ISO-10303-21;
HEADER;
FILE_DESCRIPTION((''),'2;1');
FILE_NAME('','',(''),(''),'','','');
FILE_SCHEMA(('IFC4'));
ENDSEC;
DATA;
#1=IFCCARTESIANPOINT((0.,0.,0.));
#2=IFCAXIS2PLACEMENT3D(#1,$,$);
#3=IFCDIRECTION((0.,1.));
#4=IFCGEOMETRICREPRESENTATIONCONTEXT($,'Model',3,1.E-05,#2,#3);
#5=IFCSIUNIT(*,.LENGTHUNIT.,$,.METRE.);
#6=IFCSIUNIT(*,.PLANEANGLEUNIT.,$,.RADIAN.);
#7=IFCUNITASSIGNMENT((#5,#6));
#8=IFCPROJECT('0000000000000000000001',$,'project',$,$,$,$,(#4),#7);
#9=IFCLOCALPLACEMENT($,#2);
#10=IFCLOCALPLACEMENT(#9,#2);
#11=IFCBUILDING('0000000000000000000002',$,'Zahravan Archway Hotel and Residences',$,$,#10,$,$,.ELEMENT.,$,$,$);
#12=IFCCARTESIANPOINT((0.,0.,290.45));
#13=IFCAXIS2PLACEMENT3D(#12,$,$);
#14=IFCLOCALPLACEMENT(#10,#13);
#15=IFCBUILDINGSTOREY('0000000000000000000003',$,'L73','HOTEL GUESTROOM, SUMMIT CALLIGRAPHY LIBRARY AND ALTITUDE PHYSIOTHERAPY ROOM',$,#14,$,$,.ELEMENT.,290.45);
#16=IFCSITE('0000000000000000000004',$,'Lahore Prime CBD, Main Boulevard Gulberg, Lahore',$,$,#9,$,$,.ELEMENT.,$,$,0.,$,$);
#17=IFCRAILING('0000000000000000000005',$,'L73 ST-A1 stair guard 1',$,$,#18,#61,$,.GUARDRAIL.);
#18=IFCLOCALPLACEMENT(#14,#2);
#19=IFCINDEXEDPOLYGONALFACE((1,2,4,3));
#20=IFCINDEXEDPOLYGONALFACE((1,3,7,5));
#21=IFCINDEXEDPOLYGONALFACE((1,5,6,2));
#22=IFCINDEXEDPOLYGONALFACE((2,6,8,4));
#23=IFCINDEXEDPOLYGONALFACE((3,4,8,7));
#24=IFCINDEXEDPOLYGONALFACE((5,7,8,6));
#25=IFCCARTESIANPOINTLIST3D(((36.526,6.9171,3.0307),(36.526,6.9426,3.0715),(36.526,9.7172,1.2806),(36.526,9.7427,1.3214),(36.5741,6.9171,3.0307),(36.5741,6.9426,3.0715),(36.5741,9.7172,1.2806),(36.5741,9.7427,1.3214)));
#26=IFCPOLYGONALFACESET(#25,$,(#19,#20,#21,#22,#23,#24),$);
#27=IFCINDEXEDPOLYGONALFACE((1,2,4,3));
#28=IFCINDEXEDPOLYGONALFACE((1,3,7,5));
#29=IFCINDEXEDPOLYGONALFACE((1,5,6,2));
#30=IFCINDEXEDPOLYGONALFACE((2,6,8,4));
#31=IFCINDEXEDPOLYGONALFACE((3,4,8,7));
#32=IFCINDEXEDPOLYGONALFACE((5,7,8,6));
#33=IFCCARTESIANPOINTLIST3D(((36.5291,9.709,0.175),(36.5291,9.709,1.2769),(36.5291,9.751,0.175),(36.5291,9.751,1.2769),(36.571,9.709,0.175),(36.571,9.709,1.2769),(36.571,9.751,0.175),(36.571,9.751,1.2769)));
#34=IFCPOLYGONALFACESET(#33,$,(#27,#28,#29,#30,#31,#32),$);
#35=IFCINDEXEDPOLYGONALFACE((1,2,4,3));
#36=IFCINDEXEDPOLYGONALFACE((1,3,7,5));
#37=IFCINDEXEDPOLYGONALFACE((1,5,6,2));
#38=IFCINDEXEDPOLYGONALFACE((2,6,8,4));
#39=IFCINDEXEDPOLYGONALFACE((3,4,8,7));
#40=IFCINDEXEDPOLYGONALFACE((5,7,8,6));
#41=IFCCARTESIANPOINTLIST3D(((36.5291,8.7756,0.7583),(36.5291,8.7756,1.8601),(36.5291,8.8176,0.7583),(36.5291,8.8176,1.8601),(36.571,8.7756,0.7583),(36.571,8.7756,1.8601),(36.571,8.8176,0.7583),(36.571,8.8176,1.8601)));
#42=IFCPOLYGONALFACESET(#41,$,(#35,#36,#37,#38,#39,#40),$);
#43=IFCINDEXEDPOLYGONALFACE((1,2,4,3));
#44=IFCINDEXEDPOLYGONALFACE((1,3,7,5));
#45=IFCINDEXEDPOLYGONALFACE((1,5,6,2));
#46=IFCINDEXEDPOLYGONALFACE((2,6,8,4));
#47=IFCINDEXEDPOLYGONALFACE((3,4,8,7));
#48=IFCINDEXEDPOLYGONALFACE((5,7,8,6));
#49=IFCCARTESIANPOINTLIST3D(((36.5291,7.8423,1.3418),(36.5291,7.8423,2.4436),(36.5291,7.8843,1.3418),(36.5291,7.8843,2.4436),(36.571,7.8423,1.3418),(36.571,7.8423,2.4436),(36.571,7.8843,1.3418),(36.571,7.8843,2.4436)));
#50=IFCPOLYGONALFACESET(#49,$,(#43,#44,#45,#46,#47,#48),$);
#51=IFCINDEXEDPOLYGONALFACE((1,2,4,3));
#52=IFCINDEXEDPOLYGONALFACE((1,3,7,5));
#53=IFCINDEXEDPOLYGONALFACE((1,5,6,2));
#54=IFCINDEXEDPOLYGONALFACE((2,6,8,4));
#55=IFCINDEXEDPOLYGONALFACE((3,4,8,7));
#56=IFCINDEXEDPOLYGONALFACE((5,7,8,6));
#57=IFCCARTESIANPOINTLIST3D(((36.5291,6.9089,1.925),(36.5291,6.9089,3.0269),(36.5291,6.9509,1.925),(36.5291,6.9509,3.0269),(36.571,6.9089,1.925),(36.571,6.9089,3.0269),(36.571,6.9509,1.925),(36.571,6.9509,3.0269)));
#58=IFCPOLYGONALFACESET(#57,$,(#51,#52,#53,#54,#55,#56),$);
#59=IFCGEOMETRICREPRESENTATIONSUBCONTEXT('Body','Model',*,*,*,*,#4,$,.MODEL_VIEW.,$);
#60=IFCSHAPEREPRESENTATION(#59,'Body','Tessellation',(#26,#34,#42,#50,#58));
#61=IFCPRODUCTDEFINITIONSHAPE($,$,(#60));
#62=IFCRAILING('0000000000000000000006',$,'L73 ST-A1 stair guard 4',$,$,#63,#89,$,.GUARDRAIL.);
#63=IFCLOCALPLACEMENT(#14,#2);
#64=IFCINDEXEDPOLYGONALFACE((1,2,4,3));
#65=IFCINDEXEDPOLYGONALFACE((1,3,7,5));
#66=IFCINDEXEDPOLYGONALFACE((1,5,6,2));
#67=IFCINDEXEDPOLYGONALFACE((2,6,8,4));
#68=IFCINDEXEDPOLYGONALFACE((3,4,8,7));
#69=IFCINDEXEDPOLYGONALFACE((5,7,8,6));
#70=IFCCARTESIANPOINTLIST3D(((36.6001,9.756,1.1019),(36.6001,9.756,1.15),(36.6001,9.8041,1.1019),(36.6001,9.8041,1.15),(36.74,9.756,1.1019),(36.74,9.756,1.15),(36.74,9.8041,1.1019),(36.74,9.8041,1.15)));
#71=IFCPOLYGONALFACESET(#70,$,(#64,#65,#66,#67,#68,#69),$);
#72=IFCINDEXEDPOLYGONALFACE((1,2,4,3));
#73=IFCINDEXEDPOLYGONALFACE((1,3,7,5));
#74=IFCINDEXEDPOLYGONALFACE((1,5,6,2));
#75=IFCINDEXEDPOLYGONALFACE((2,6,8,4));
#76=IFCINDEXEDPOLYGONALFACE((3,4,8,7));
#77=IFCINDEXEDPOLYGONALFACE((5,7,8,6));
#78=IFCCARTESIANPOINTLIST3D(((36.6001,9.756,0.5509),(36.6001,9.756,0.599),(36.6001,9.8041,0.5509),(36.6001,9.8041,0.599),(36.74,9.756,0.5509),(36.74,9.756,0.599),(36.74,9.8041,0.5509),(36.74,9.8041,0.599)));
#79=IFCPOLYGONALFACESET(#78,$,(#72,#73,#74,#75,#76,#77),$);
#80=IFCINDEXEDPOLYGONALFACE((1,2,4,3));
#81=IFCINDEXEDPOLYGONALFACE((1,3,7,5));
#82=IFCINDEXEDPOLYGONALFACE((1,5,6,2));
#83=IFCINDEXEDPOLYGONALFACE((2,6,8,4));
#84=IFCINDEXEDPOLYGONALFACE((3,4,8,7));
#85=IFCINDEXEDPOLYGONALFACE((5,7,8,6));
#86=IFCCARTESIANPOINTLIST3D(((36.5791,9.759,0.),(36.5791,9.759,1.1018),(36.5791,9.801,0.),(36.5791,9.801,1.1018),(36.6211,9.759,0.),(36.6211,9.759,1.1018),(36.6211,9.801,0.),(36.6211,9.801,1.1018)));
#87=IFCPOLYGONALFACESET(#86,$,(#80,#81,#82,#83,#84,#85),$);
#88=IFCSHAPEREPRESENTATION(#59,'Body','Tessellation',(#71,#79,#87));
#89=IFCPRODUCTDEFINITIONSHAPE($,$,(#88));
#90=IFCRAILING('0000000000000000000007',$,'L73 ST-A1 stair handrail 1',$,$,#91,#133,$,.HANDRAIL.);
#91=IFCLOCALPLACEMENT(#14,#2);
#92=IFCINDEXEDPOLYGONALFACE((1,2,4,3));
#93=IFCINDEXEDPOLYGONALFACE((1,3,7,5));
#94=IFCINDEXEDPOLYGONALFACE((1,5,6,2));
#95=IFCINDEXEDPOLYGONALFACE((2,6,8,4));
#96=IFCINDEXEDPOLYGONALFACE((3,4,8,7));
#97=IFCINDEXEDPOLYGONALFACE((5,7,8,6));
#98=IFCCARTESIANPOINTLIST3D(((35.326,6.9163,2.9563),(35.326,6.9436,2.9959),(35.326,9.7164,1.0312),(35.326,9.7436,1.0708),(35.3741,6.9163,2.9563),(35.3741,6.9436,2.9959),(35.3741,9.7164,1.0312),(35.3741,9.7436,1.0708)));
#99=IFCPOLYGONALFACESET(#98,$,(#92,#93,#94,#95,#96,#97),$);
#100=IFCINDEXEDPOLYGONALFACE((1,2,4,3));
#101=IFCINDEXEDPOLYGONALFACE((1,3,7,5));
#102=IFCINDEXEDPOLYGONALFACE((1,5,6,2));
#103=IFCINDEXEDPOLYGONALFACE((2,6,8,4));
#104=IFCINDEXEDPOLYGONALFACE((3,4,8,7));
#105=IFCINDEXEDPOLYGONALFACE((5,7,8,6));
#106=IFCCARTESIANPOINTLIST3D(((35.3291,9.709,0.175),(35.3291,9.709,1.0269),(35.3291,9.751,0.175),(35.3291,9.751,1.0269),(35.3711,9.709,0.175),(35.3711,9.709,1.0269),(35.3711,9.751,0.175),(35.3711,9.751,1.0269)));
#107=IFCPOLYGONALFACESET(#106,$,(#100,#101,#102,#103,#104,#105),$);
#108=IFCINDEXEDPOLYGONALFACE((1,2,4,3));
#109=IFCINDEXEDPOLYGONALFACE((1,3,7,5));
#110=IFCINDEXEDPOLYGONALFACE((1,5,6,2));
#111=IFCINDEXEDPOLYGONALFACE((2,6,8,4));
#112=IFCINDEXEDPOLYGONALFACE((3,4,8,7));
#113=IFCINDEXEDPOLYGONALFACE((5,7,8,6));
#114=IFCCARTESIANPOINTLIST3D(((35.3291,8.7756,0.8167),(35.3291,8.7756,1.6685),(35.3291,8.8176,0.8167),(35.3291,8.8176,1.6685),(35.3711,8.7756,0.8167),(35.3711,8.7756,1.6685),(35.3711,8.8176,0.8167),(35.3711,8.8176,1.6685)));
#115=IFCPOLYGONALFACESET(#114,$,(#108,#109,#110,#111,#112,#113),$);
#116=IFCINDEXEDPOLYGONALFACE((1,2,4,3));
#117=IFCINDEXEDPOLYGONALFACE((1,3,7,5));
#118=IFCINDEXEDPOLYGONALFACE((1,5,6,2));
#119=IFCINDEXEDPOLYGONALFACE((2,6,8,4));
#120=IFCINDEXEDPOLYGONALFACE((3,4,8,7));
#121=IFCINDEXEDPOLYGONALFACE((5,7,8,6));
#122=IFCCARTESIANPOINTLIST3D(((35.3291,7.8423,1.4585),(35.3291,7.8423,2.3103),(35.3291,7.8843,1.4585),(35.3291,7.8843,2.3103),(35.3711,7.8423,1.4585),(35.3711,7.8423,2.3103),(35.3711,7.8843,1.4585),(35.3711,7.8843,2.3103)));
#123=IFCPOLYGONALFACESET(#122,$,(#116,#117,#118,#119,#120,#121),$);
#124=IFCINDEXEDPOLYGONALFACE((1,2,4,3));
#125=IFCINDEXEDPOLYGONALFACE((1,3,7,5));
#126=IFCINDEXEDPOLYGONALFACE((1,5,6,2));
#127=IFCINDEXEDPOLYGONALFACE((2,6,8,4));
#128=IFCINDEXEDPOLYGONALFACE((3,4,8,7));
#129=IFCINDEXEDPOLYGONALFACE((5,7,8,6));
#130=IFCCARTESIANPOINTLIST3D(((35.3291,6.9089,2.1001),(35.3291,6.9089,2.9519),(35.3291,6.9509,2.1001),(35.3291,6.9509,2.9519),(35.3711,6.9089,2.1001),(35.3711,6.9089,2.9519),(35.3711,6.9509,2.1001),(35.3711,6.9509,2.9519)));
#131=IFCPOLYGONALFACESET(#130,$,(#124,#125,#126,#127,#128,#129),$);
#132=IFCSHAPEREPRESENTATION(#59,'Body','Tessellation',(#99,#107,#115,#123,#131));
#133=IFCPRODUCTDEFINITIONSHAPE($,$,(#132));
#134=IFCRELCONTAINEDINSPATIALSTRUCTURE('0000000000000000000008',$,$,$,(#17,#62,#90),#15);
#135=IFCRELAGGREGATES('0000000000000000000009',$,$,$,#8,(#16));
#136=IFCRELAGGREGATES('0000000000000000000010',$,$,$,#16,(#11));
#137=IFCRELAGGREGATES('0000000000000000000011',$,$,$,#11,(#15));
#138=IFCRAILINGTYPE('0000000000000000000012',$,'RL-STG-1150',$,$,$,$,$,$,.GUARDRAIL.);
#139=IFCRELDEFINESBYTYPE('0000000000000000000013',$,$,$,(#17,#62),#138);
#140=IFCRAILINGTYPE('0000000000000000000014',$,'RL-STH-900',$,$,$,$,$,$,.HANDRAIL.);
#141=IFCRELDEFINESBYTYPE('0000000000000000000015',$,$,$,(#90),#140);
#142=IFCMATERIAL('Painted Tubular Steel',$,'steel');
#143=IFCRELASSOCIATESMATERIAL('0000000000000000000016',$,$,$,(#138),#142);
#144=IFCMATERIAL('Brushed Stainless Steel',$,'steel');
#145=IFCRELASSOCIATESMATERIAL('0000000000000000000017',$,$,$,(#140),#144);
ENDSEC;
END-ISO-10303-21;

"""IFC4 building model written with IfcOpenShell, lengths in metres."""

from ifc_helpers import new_model, si_unit, direction, frame, origin, origin_2d, place, context, subcontext, project, spatial, rectangle, extrude, material, type_object, element, save


model = new_model("IFC4")

# Units and contexts
model_context = context("Model", 3, precision=1e-05, world=origin(), true_north=direction((0.0, 1.0)))
body_context = subcontext(model_context, "Body", "Model", "MODEL_VIEW")
ifc_project = project(units=[si_unit("LENGTHUNIT", "METRE"), si_unit("PLANEANGLEUNIT", "RADIAN")], contexts=[model_context])

# Site, building, storey
site_placement = place(None, origin())
site = spatial("IfcSite", under=ifc_project, at=site_placement, Name="Lahore Prime CBD, Main Boulevard Gulberg, Lahore", CompositionType="ELEMENT", RefElevation=0.0)
building_placement = place(site_placement, origin())
building = spatial("IfcBuilding", under=site, at=building_placement, Name="Zahravan Archway Hotel and Residences", CompositionType="ELEMENT")
storey_placement = place(building_placement, frame((0.0, 0.0, 290.45)))
storey = spatial("IfcBuildingStorey", under=building, at=storey_placement, Name="L73", Description="HOTEL GUESTROOM, SUMMIT CALLIGRAPHY LIBRARY AND ALTITUDE PHYSIOTHERAPY ROOM", CompositionType="ELEMENT", Elevation=290.45)

# Shared definitions
ifc_material_1 = material(Name="Brushed Stainless Steel", Category="steel")

# Railings
ifc_material_2 = material(Name="Painted Tubular Steel", Category="steel")
railing_type_1 = type_object("IfcRailingType", Name="RL-STG-1150", PredefinedType="GUARDRAIL", material=ifc_material_2)
railing_1_placement = place(storey_placement, frame((36.55, 9.73, 0.175)))
element("IfcRailing", 1, at=railing_1_placement, inside=storey, type_object=railing_type_1, Name="L73 ST-A1 stair guard 1", PredefinedType="GUARDRAIL", context=body_context, shape_type="SweptSolid", body=[
    extrude(rectangle(XDim=0.0481, YDim=0.0481, at=origin_2d()), frame((0.0, 0.0, 1.126), z_axis=(0.0, -0.848002, 0.529992), x_axis=(1.0, 0.0, 0.0)), (0.0, 0.0, 1.0), 3.302),
    extrude(rectangle(XDim=0.042, YDim=0.042, at=origin_2d()), origin(), (0.0, 0.0, 1.0), 1.1018),
    extrude(rectangle(XDim=0.042, YDim=0.042, at=origin_2d()), frame((0.0, -0.9333, 0.5833)), (0.0, 0.0, 1.0), 1.1018),
    extrude(rectangle(XDim=0.042, YDim=0.042, at=origin_2d()), frame((0.0, -1.8667, 1.1667)), (0.0, 0.0, 1.0), 1.1018),
    extrude(rectangle(XDim=0.042, YDim=0.042, at=origin_2d()), frame((0.0, -2.8, 1.75)), (0.0, 0.0, 1.0), 1.1018),
])
railing_2_placement = place(storey_placement, frame((36.6001, 9.78, 0.0)))
element("IfcRailing", 2, at=railing_2_placement, inside=storey, type_object=railing_type_1, Name="L73 ST-A1 stair guard 4", PredefinedType="GUARDRAIL", context=body_context, shape_type="SweptSolid", body=[
    extrude(rectangle(XDim=0.0481, YDim=0.0481, at=origin_2d()), frame((0.0, 0.0, 1.126), z_axis=(1.0, 0.0, 0.0), x_axis=(0.0, 1.0, 0.0)), (0.0, 0.0, 1.0), 0.1399),
    extrude(rectangle(XDim=0.0481, YDim=0.0481, at=origin_2d()), frame((0.0, 0.0, 0.575), z_axis=(1.0, 0.0, 0.0), x_axis=(0.0, 1.0, 0.0)), (0.0, 0.0, 1.0), 0.1399),
    extrude(rectangle(XDim=0.042, YDim=0.042, at=origin_2d()), origin(), (0.0, 0.0, 1.0), 1.1018),
])
railing_type_2 = type_object("IfcRailingType", Name="RL-STH-900", PredefinedType="HANDRAIL", material=ifc_material_1)
railing_3_placement = place(storey_placement, frame((35.3501, 9.73, 0.175)))
element("IfcRailing", 3, at=railing_3_placement, inside=storey, type_object=railing_type_2, Name="L73 ST-A1 stair handrail 1", PredefinedType="HANDRAIL", context=body_context, shape_type="SweptSolid", body=[
    extrude(rectangle(XDim=0.0481, YDim=0.0481, at=origin_2d()), frame((0.0, 0.0, 0.876), z_axis=(0.0, -0.82404, 0.566532), x_axis=(1.0, 0.0, 0.0)), (0.0, 0.0, 1.0), 3.3979),
    extrude(rectangle(XDim=0.042, YDim=0.042, at=origin_2d()), origin(), (0.0, 0.0, 1.0), 0.8518),
    extrude(rectangle(XDim=0.042, YDim=0.042, at=origin_2d()), frame((0.0, -0.9333, 0.6416)), (0.0, 0.0, 1.0), 0.8518),
    extrude(rectangle(XDim=0.042, YDim=0.042, at=origin_2d()), frame((0.0, -1.8667, 1.2834)), (0.0, 0.0, 1.0), 0.8518),
    extrude(rectangle(XDim=0.042, YDim=0.042, at=origin_2d()), frame((0.0, -2.8, 1.925)), (0.0, 0.0, 1.0), 0.8518),
])

save(model, "model.ifc")
